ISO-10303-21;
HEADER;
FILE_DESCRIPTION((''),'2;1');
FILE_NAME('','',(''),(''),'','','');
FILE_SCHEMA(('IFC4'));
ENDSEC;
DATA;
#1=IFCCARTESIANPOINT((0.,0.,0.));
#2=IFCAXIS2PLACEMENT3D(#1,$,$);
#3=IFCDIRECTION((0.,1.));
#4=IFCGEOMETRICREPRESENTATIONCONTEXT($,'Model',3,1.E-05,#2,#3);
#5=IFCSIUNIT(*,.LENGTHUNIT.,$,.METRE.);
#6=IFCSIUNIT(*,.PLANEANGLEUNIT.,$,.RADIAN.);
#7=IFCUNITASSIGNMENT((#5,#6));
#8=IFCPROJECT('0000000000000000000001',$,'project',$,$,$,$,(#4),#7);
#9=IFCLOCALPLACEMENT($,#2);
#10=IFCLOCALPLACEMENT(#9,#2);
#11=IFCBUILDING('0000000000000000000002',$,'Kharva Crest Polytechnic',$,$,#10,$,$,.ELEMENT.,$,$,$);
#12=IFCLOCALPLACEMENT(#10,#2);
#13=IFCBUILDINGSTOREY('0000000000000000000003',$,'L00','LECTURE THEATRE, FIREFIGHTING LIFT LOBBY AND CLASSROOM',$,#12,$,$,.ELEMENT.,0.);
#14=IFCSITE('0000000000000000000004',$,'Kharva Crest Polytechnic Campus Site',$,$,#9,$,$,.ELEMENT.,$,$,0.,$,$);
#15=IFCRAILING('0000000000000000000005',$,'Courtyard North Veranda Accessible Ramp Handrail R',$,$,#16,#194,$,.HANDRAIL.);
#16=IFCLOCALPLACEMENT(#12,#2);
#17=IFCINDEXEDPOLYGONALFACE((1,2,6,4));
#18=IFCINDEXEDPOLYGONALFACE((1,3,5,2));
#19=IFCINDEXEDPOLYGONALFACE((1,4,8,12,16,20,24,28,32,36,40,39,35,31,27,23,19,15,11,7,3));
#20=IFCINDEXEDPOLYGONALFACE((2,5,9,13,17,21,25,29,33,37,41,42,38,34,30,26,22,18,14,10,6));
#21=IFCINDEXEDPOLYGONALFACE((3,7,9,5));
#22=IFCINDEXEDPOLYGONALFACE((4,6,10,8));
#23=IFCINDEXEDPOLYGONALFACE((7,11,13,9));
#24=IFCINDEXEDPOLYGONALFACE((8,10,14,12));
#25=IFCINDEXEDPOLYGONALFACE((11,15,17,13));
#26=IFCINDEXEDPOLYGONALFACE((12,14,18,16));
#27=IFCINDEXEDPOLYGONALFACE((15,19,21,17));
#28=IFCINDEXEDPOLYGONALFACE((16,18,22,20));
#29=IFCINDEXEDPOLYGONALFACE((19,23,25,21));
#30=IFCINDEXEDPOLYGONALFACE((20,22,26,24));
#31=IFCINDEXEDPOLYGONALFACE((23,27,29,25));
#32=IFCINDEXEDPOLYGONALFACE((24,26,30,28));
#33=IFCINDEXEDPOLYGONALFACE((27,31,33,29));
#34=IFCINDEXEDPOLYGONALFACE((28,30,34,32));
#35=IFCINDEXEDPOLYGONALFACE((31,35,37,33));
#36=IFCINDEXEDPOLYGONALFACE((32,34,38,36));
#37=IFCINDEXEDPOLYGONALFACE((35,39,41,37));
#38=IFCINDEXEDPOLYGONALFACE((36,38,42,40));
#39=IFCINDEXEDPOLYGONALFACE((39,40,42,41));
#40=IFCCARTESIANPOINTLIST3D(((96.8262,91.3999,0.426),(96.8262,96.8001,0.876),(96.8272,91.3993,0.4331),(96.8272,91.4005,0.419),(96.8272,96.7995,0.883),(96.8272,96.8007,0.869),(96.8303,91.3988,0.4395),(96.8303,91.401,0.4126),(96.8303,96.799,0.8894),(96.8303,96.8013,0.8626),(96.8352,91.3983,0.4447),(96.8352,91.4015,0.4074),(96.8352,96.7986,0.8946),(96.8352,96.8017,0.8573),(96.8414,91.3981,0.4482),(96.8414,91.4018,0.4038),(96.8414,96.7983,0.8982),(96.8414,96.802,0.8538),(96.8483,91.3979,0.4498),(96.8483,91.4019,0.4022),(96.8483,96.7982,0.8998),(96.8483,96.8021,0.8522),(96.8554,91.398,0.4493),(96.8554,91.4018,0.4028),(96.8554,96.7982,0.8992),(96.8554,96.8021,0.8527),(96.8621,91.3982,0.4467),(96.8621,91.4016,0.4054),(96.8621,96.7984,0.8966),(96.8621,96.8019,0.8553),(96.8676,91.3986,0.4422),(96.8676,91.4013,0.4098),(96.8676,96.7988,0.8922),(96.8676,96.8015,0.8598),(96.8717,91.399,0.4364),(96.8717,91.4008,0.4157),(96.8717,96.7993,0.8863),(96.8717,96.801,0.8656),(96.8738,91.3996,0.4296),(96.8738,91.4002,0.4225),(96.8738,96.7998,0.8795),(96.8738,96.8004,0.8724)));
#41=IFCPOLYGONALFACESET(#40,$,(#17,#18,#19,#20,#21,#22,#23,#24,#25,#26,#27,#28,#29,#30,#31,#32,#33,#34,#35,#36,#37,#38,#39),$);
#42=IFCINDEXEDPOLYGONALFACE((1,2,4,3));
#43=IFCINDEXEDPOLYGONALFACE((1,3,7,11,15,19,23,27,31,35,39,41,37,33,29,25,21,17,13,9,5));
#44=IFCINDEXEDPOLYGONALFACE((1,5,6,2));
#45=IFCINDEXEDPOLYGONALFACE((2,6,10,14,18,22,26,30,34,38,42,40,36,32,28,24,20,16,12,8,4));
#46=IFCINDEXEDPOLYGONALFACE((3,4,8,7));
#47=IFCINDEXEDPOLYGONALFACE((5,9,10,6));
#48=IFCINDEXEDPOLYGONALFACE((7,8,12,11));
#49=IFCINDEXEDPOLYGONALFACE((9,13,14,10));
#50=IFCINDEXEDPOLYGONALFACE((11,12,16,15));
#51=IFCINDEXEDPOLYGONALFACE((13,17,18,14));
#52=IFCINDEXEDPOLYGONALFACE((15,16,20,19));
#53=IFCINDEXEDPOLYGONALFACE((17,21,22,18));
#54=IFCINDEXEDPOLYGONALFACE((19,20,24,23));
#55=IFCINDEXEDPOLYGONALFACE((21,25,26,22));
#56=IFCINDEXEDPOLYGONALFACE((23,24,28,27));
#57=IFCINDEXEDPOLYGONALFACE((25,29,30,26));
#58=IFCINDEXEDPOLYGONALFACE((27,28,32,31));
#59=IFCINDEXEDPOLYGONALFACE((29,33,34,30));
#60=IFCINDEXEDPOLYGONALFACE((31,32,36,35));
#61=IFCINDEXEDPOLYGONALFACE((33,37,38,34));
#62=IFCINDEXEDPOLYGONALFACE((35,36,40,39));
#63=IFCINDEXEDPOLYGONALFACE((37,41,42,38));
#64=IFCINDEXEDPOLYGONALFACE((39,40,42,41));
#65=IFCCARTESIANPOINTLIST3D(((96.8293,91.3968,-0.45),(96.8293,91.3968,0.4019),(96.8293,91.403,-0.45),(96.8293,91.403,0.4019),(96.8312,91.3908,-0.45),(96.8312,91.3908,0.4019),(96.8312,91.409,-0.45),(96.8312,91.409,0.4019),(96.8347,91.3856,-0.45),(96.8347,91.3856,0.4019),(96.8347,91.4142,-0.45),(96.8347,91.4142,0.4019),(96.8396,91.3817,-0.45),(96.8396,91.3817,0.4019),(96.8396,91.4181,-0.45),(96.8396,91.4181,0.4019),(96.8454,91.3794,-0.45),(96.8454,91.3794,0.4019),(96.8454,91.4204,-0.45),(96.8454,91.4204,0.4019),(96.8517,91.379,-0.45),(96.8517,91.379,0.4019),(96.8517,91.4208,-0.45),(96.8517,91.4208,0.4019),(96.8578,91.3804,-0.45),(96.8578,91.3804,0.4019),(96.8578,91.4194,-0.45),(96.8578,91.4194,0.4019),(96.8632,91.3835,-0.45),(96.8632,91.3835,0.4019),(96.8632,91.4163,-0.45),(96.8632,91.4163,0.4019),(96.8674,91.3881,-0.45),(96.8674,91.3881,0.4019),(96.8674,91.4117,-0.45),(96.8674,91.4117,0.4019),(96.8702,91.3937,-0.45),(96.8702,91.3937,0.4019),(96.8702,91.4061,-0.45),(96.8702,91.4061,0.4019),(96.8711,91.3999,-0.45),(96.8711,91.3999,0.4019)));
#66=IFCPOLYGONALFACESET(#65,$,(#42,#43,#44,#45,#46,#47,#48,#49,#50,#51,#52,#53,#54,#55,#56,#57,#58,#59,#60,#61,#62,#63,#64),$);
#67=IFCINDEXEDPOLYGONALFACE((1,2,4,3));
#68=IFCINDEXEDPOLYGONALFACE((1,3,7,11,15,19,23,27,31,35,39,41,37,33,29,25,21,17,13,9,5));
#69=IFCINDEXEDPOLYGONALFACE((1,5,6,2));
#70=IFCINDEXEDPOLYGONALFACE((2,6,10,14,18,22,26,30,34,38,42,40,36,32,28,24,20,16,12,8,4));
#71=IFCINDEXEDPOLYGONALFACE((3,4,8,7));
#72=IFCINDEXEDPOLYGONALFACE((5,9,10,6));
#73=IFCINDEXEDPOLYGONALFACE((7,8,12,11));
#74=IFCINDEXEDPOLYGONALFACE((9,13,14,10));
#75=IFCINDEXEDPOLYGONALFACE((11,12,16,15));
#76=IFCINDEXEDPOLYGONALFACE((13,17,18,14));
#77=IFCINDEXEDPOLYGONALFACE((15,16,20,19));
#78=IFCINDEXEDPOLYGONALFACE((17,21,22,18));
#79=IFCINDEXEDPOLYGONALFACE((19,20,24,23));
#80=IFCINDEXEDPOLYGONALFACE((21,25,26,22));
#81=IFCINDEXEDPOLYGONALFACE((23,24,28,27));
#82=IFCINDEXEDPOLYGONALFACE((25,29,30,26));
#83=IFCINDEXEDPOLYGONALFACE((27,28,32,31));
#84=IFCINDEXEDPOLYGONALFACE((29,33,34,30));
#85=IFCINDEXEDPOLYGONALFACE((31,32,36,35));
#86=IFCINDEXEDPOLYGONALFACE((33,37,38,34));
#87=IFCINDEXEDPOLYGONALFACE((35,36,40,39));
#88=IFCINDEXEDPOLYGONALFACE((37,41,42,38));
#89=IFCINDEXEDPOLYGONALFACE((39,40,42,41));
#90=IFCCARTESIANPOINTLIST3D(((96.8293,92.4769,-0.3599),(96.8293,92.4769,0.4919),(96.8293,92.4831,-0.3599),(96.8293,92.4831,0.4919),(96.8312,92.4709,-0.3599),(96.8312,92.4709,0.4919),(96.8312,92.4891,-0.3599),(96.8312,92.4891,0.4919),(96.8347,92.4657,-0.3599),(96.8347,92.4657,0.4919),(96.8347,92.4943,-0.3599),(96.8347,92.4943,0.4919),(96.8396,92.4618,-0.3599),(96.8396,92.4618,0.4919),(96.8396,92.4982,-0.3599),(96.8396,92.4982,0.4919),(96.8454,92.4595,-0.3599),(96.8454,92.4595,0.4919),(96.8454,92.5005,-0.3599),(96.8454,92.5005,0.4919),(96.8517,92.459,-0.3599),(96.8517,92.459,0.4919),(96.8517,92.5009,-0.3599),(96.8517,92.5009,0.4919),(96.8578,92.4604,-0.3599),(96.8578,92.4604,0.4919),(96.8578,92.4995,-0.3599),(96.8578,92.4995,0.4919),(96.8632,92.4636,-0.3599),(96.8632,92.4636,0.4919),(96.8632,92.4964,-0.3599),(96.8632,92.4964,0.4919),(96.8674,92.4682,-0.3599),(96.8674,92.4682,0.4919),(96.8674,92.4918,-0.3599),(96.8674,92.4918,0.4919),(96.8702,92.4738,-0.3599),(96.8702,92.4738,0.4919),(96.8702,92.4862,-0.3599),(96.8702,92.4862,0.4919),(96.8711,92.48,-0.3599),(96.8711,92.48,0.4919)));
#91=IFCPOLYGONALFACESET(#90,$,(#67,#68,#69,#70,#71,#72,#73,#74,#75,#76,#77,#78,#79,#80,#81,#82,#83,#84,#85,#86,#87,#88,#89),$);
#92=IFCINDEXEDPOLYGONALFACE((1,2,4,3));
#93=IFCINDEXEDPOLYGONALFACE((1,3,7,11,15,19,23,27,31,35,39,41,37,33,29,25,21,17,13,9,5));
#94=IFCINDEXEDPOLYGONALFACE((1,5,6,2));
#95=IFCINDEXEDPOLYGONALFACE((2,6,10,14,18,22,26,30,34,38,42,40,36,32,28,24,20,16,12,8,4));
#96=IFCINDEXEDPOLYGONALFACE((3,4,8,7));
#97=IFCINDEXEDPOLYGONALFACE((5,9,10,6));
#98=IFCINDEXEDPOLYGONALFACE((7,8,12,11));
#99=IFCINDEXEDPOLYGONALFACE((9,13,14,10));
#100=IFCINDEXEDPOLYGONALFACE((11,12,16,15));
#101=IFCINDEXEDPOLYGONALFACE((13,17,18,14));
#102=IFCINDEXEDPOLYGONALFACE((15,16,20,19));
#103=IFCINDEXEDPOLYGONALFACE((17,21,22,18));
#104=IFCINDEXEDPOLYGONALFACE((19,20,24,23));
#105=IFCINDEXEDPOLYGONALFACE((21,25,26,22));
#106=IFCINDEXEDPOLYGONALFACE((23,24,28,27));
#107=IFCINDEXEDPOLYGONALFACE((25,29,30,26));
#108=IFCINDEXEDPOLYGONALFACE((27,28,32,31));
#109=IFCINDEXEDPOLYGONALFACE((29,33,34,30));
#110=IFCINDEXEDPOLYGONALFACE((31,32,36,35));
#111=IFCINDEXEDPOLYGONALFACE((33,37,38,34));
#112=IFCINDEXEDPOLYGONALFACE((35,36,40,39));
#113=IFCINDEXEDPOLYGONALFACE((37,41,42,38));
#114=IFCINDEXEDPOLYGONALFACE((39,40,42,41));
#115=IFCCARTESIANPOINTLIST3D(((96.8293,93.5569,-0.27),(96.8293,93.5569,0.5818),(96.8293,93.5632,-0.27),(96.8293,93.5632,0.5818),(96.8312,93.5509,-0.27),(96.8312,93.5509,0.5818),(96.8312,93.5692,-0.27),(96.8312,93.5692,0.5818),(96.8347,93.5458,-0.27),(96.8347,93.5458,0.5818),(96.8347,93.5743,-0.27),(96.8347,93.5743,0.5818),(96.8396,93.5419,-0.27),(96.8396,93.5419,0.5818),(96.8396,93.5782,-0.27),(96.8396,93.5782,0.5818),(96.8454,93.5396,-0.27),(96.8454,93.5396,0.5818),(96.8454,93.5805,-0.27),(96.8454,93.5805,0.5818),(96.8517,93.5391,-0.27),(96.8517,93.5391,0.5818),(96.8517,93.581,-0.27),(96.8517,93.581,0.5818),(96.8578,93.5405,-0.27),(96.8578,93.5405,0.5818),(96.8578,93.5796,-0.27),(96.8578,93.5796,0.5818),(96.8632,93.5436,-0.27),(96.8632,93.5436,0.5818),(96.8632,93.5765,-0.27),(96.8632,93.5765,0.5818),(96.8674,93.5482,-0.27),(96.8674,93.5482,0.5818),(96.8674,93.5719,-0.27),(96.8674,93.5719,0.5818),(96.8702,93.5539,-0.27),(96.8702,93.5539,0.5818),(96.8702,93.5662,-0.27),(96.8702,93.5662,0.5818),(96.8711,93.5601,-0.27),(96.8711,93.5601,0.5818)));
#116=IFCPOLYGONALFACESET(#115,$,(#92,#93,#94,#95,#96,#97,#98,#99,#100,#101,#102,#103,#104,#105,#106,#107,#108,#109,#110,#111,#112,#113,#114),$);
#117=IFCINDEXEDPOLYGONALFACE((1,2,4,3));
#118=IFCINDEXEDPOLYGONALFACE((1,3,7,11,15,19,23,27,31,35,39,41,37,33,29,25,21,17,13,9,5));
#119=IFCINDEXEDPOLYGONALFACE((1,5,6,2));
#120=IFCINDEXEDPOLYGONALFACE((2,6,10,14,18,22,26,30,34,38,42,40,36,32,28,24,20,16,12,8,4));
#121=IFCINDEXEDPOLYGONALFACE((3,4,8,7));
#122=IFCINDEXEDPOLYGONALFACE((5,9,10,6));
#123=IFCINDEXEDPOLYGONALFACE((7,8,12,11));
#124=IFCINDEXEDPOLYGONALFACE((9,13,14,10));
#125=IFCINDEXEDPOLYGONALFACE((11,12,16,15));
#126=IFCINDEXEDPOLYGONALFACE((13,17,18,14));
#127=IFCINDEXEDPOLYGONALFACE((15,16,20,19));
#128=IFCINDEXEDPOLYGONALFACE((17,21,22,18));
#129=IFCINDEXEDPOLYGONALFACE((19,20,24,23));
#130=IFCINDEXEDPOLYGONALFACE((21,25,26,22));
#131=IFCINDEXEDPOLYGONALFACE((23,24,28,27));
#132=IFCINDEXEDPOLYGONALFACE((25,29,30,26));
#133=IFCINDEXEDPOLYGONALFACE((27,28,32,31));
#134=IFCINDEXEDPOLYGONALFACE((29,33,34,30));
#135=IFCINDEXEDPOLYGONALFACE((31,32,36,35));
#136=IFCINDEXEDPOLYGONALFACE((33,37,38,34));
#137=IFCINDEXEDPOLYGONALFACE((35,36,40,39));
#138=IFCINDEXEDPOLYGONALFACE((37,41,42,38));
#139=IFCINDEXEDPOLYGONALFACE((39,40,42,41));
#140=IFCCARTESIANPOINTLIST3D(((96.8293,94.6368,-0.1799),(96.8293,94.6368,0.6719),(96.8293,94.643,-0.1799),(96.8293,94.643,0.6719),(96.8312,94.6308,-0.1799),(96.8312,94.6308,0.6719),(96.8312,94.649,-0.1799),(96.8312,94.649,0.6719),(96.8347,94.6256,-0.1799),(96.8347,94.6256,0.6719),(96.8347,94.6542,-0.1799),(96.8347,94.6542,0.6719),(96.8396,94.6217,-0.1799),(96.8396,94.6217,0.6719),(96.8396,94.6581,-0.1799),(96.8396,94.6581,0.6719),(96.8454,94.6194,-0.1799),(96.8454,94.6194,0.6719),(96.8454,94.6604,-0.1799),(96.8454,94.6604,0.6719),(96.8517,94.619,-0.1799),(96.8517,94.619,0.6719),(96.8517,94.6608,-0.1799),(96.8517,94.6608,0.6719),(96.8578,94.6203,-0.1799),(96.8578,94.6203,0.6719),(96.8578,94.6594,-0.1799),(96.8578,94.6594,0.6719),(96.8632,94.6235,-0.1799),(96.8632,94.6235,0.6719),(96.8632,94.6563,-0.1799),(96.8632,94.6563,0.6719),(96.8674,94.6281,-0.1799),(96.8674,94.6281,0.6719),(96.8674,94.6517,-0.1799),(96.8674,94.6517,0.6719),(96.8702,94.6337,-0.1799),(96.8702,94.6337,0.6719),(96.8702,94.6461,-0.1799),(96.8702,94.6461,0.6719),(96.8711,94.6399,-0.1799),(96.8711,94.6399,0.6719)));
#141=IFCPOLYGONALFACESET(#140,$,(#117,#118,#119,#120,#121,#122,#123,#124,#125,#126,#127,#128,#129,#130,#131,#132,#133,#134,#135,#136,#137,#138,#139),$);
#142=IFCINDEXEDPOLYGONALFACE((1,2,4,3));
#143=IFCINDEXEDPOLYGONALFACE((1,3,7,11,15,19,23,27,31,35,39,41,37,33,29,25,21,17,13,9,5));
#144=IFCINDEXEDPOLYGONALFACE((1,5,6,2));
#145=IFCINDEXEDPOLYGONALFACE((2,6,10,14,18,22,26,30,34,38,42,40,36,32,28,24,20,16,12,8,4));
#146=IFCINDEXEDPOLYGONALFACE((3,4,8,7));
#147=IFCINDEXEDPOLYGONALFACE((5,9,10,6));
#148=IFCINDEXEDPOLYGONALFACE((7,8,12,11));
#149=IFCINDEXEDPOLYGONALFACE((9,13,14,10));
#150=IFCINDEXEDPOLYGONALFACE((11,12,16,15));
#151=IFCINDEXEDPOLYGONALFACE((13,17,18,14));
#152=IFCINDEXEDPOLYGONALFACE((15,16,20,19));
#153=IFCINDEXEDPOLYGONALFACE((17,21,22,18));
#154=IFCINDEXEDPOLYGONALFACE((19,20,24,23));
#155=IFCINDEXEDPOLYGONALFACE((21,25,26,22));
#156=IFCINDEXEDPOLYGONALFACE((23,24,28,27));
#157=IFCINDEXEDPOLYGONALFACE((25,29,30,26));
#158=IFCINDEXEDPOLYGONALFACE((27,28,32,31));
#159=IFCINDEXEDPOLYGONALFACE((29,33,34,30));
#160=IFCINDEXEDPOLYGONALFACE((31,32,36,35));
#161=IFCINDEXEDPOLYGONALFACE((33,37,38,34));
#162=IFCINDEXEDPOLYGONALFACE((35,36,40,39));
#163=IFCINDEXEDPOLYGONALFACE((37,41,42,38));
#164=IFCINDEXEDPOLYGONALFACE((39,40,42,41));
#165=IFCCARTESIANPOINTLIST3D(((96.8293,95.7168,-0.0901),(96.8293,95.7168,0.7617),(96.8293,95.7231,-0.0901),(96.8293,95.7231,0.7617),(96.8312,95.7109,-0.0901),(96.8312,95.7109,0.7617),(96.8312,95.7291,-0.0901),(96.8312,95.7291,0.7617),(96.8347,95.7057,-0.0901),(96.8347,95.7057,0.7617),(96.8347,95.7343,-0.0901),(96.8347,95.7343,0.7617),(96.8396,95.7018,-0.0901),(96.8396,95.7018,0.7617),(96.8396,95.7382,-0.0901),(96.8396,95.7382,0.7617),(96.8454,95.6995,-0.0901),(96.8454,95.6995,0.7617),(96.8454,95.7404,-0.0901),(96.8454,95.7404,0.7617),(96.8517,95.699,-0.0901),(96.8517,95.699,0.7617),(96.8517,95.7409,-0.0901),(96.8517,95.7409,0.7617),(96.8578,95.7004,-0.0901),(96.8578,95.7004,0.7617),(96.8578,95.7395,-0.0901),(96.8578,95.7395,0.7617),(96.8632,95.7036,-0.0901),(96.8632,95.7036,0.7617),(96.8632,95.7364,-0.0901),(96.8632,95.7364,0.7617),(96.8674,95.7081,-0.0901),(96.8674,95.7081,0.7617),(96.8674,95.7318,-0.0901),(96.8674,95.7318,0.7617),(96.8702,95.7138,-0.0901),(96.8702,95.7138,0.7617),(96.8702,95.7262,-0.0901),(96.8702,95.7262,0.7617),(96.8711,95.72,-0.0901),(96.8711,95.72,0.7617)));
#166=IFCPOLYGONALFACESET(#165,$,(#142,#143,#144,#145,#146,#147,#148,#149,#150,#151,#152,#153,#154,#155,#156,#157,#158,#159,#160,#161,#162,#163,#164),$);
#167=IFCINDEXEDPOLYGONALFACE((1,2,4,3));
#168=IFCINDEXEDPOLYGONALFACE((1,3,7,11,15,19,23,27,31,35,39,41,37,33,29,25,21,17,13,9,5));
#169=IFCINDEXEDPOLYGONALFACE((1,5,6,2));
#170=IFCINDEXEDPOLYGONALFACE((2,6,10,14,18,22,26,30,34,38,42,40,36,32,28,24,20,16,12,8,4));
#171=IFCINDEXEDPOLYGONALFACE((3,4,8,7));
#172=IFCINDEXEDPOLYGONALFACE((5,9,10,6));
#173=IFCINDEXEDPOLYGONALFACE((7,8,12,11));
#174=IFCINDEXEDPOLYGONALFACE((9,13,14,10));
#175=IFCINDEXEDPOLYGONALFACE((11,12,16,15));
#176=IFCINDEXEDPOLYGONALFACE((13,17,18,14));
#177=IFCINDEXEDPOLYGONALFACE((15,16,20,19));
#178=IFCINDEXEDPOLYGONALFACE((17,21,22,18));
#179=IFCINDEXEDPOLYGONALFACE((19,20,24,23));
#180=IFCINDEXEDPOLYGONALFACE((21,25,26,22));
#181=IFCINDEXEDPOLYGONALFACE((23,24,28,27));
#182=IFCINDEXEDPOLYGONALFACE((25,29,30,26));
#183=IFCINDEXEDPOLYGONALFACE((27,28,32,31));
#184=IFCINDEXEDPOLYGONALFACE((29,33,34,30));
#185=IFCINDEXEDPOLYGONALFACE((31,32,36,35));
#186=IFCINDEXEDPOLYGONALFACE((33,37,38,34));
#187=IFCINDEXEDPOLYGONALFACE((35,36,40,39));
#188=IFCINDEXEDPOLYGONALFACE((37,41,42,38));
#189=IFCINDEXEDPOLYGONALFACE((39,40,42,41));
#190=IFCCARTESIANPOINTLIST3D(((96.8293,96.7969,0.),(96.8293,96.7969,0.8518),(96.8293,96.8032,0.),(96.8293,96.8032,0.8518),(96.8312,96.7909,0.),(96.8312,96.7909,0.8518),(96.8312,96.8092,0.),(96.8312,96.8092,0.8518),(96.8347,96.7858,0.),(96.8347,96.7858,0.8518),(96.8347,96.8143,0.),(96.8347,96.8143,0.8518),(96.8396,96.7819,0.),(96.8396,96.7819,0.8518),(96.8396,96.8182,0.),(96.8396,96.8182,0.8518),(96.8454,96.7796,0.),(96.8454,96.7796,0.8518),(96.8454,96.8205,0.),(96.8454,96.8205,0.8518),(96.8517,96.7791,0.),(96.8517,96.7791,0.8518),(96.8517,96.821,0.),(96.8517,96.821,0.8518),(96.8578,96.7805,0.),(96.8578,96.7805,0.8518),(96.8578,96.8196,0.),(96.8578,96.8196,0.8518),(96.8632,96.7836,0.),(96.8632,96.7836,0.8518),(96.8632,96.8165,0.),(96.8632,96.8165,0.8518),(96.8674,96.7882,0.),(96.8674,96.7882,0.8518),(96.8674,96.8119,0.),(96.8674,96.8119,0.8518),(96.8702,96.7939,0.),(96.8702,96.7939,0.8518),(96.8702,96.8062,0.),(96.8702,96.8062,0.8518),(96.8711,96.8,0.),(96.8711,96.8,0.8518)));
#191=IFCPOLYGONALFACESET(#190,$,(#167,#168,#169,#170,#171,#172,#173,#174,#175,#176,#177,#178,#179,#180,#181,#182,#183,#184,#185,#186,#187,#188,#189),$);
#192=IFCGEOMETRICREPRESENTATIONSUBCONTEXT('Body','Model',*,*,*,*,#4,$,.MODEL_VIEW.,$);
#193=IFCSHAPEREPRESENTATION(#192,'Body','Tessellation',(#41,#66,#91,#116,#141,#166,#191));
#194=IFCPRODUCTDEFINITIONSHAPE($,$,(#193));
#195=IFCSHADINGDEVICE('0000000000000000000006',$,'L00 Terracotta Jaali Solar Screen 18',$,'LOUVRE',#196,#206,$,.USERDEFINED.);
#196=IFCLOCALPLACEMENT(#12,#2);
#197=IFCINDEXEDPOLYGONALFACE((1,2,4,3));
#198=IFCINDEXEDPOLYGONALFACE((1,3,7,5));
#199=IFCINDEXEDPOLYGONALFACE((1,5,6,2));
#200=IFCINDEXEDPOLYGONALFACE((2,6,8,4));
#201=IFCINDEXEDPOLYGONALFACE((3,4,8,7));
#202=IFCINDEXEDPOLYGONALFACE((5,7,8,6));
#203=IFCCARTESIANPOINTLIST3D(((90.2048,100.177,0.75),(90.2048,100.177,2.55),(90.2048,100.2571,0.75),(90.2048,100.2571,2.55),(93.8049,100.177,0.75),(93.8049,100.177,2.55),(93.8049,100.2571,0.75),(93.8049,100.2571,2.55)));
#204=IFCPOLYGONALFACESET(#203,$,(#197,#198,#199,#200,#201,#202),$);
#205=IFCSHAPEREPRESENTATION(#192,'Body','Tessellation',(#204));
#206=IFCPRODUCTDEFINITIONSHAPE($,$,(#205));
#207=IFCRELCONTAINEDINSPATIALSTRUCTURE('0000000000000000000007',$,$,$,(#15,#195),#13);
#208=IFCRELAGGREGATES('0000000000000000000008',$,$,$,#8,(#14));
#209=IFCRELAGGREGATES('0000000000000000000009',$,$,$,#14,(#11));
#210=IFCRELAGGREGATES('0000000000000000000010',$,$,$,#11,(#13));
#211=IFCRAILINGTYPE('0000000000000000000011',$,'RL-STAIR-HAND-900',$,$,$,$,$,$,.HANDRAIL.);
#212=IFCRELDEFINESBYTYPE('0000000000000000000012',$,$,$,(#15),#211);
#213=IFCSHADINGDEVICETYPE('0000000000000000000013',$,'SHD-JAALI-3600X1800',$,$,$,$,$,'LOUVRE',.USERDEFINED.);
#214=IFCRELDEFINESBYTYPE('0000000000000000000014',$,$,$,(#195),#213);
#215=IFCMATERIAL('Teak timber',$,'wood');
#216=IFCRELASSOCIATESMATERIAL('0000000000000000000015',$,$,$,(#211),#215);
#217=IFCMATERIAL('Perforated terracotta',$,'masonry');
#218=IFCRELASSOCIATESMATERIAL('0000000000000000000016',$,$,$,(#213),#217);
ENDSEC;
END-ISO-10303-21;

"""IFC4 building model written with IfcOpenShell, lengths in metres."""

from ifc_helpers import new_model, si_unit, direction, frame, origin, origin_2d, place, context, subcontext, project, spatial, rectangle, circle, extrude, material, type_object, element, save


model = new_model("IFC4")

# Units and contexts
model_context = context("Model", 3, precision=1e-05, world=origin(), true_north=direction((0.0, 1.0)))
body_context = subcontext(model_context, "Body", "Model", "MODEL_VIEW")
ifc_project = project(units=[si_unit("LENGTHUNIT", "METRE"), si_unit("PLANEANGLEUNIT", "RADIAN")], contexts=[model_context])

# Site, building, storey
site_placement = place(None, origin())
site = spatial("IfcSite", under=ifc_project, at=site_placement, Name="Kharva Crest Polytechnic Campus Site", CompositionType="ELEMENT", RefElevation=0.0)
building_placement = place(site_placement, origin())
building = spatial("IfcBuilding", under=site, at=building_placement, Name="Kharva Crest Polytechnic", CompositionType="ELEMENT")
storey_placement = place(building_placement, origin())
storey = spatial("IfcBuildingStorey", under=building, at=storey_placement, Name="L00", Description="LECTURE THEATRE, FIREFIGHTING LIFT LOBBY AND CLASSROOM", CompositionType="ELEMENT", Elevation=0.0)

# Railing
ifc_material_1 = material(Name="Teak timber", Category="wood")
railing_type = type_object("IfcRailingType", Name="RL-STAIR-HAND-900", PredefinedType="HANDRAIL", material=ifc_material_1)
for number, where, name in (
    (1, (96.8501, 91.3999, -0.45), "Courtyard North Veranda Accessible Ramp Handrail R"),
):
    element("IfcRailing", number, at=place(storey_placement, frame(where)), inside=storey, type_object=railing_type, Name=name, PredefinedType="HANDRAIL", context=body_context, shape_type="SweptSolid", body=[
        extrude(circle(Radius=0.0239, at=origin_2d()), frame((0.0, 0.0, 0.876), z_axis=(0.0, 0.996547, 0.083034), x_axis=(-1.0, 0.0, 0.0)), (0.0, 0.0, 1.0), 5.4189),
        extrude(circle(Radius=0.021, at=origin_2d()), origin(), (0.0, 0.0, 1.0), 0.8518),
        extrude(circle(Radius=0.021, at=origin_2d()), frame((0.0, 1.0801, 0.0901)), (0.0, 0.0, 1.0), 0.8518),
        extrude(circle(Radius=0.021, at=origin_2d()), frame((0.0, 2.1602, 0.1799)), (0.0, 0.0, 1.0), 0.8518),
        extrude(circle(Radius=0.021, at=origin_2d()), frame((0.0, 3.24, 0.27)), (0.0, 0.0, 1.0), 0.8518),
        extrude(circle(Radius=0.021, at=origin_2d()), frame((0.0, 4.3201, 0.3599)), (0.0, 0.0, 1.0), 0.8518),
        extrude(circle(Radius=0.021, at=origin_2d()), frame((0.0, 5.4001, 0.45)), (0.0, 0.0, 1.0), 0.8518),
    ])

# Shading device
ifc_material_2 = material(Name="Perforated terracotta", Category="masonry")
shading_device_type = type_object("IfcShadingDeviceType", Name="SHD-JAALI-3600X1800", ElementType="LOUVRE", PredefinedType="USERDEFINED", material=ifc_material_2)
shading_device_placement = place(storey_placement, frame((92.0049, 100.217, 0.75), z_axis=(0.0, 0.0, 1.0), x_axis=(1.0, 0.0, 0.0)))
element("IfcShadingDevice", 2, at=shading_device_placement, inside=storey, type_object=shading_device_type, Name="L00 Terracotta Jaali Solar Screen 18", ObjectType="LOUVRE", PredefinedType="USERDEFINED", context=body_context, shape_type="SweptSolid", body=[
    extrude(rectangle(XDim=3.6001, YDim=0.0801, at=origin_2d()), origin(), (0.0, 0.0, 1.0), 1.8),
])

save(model, "model.ifc")
